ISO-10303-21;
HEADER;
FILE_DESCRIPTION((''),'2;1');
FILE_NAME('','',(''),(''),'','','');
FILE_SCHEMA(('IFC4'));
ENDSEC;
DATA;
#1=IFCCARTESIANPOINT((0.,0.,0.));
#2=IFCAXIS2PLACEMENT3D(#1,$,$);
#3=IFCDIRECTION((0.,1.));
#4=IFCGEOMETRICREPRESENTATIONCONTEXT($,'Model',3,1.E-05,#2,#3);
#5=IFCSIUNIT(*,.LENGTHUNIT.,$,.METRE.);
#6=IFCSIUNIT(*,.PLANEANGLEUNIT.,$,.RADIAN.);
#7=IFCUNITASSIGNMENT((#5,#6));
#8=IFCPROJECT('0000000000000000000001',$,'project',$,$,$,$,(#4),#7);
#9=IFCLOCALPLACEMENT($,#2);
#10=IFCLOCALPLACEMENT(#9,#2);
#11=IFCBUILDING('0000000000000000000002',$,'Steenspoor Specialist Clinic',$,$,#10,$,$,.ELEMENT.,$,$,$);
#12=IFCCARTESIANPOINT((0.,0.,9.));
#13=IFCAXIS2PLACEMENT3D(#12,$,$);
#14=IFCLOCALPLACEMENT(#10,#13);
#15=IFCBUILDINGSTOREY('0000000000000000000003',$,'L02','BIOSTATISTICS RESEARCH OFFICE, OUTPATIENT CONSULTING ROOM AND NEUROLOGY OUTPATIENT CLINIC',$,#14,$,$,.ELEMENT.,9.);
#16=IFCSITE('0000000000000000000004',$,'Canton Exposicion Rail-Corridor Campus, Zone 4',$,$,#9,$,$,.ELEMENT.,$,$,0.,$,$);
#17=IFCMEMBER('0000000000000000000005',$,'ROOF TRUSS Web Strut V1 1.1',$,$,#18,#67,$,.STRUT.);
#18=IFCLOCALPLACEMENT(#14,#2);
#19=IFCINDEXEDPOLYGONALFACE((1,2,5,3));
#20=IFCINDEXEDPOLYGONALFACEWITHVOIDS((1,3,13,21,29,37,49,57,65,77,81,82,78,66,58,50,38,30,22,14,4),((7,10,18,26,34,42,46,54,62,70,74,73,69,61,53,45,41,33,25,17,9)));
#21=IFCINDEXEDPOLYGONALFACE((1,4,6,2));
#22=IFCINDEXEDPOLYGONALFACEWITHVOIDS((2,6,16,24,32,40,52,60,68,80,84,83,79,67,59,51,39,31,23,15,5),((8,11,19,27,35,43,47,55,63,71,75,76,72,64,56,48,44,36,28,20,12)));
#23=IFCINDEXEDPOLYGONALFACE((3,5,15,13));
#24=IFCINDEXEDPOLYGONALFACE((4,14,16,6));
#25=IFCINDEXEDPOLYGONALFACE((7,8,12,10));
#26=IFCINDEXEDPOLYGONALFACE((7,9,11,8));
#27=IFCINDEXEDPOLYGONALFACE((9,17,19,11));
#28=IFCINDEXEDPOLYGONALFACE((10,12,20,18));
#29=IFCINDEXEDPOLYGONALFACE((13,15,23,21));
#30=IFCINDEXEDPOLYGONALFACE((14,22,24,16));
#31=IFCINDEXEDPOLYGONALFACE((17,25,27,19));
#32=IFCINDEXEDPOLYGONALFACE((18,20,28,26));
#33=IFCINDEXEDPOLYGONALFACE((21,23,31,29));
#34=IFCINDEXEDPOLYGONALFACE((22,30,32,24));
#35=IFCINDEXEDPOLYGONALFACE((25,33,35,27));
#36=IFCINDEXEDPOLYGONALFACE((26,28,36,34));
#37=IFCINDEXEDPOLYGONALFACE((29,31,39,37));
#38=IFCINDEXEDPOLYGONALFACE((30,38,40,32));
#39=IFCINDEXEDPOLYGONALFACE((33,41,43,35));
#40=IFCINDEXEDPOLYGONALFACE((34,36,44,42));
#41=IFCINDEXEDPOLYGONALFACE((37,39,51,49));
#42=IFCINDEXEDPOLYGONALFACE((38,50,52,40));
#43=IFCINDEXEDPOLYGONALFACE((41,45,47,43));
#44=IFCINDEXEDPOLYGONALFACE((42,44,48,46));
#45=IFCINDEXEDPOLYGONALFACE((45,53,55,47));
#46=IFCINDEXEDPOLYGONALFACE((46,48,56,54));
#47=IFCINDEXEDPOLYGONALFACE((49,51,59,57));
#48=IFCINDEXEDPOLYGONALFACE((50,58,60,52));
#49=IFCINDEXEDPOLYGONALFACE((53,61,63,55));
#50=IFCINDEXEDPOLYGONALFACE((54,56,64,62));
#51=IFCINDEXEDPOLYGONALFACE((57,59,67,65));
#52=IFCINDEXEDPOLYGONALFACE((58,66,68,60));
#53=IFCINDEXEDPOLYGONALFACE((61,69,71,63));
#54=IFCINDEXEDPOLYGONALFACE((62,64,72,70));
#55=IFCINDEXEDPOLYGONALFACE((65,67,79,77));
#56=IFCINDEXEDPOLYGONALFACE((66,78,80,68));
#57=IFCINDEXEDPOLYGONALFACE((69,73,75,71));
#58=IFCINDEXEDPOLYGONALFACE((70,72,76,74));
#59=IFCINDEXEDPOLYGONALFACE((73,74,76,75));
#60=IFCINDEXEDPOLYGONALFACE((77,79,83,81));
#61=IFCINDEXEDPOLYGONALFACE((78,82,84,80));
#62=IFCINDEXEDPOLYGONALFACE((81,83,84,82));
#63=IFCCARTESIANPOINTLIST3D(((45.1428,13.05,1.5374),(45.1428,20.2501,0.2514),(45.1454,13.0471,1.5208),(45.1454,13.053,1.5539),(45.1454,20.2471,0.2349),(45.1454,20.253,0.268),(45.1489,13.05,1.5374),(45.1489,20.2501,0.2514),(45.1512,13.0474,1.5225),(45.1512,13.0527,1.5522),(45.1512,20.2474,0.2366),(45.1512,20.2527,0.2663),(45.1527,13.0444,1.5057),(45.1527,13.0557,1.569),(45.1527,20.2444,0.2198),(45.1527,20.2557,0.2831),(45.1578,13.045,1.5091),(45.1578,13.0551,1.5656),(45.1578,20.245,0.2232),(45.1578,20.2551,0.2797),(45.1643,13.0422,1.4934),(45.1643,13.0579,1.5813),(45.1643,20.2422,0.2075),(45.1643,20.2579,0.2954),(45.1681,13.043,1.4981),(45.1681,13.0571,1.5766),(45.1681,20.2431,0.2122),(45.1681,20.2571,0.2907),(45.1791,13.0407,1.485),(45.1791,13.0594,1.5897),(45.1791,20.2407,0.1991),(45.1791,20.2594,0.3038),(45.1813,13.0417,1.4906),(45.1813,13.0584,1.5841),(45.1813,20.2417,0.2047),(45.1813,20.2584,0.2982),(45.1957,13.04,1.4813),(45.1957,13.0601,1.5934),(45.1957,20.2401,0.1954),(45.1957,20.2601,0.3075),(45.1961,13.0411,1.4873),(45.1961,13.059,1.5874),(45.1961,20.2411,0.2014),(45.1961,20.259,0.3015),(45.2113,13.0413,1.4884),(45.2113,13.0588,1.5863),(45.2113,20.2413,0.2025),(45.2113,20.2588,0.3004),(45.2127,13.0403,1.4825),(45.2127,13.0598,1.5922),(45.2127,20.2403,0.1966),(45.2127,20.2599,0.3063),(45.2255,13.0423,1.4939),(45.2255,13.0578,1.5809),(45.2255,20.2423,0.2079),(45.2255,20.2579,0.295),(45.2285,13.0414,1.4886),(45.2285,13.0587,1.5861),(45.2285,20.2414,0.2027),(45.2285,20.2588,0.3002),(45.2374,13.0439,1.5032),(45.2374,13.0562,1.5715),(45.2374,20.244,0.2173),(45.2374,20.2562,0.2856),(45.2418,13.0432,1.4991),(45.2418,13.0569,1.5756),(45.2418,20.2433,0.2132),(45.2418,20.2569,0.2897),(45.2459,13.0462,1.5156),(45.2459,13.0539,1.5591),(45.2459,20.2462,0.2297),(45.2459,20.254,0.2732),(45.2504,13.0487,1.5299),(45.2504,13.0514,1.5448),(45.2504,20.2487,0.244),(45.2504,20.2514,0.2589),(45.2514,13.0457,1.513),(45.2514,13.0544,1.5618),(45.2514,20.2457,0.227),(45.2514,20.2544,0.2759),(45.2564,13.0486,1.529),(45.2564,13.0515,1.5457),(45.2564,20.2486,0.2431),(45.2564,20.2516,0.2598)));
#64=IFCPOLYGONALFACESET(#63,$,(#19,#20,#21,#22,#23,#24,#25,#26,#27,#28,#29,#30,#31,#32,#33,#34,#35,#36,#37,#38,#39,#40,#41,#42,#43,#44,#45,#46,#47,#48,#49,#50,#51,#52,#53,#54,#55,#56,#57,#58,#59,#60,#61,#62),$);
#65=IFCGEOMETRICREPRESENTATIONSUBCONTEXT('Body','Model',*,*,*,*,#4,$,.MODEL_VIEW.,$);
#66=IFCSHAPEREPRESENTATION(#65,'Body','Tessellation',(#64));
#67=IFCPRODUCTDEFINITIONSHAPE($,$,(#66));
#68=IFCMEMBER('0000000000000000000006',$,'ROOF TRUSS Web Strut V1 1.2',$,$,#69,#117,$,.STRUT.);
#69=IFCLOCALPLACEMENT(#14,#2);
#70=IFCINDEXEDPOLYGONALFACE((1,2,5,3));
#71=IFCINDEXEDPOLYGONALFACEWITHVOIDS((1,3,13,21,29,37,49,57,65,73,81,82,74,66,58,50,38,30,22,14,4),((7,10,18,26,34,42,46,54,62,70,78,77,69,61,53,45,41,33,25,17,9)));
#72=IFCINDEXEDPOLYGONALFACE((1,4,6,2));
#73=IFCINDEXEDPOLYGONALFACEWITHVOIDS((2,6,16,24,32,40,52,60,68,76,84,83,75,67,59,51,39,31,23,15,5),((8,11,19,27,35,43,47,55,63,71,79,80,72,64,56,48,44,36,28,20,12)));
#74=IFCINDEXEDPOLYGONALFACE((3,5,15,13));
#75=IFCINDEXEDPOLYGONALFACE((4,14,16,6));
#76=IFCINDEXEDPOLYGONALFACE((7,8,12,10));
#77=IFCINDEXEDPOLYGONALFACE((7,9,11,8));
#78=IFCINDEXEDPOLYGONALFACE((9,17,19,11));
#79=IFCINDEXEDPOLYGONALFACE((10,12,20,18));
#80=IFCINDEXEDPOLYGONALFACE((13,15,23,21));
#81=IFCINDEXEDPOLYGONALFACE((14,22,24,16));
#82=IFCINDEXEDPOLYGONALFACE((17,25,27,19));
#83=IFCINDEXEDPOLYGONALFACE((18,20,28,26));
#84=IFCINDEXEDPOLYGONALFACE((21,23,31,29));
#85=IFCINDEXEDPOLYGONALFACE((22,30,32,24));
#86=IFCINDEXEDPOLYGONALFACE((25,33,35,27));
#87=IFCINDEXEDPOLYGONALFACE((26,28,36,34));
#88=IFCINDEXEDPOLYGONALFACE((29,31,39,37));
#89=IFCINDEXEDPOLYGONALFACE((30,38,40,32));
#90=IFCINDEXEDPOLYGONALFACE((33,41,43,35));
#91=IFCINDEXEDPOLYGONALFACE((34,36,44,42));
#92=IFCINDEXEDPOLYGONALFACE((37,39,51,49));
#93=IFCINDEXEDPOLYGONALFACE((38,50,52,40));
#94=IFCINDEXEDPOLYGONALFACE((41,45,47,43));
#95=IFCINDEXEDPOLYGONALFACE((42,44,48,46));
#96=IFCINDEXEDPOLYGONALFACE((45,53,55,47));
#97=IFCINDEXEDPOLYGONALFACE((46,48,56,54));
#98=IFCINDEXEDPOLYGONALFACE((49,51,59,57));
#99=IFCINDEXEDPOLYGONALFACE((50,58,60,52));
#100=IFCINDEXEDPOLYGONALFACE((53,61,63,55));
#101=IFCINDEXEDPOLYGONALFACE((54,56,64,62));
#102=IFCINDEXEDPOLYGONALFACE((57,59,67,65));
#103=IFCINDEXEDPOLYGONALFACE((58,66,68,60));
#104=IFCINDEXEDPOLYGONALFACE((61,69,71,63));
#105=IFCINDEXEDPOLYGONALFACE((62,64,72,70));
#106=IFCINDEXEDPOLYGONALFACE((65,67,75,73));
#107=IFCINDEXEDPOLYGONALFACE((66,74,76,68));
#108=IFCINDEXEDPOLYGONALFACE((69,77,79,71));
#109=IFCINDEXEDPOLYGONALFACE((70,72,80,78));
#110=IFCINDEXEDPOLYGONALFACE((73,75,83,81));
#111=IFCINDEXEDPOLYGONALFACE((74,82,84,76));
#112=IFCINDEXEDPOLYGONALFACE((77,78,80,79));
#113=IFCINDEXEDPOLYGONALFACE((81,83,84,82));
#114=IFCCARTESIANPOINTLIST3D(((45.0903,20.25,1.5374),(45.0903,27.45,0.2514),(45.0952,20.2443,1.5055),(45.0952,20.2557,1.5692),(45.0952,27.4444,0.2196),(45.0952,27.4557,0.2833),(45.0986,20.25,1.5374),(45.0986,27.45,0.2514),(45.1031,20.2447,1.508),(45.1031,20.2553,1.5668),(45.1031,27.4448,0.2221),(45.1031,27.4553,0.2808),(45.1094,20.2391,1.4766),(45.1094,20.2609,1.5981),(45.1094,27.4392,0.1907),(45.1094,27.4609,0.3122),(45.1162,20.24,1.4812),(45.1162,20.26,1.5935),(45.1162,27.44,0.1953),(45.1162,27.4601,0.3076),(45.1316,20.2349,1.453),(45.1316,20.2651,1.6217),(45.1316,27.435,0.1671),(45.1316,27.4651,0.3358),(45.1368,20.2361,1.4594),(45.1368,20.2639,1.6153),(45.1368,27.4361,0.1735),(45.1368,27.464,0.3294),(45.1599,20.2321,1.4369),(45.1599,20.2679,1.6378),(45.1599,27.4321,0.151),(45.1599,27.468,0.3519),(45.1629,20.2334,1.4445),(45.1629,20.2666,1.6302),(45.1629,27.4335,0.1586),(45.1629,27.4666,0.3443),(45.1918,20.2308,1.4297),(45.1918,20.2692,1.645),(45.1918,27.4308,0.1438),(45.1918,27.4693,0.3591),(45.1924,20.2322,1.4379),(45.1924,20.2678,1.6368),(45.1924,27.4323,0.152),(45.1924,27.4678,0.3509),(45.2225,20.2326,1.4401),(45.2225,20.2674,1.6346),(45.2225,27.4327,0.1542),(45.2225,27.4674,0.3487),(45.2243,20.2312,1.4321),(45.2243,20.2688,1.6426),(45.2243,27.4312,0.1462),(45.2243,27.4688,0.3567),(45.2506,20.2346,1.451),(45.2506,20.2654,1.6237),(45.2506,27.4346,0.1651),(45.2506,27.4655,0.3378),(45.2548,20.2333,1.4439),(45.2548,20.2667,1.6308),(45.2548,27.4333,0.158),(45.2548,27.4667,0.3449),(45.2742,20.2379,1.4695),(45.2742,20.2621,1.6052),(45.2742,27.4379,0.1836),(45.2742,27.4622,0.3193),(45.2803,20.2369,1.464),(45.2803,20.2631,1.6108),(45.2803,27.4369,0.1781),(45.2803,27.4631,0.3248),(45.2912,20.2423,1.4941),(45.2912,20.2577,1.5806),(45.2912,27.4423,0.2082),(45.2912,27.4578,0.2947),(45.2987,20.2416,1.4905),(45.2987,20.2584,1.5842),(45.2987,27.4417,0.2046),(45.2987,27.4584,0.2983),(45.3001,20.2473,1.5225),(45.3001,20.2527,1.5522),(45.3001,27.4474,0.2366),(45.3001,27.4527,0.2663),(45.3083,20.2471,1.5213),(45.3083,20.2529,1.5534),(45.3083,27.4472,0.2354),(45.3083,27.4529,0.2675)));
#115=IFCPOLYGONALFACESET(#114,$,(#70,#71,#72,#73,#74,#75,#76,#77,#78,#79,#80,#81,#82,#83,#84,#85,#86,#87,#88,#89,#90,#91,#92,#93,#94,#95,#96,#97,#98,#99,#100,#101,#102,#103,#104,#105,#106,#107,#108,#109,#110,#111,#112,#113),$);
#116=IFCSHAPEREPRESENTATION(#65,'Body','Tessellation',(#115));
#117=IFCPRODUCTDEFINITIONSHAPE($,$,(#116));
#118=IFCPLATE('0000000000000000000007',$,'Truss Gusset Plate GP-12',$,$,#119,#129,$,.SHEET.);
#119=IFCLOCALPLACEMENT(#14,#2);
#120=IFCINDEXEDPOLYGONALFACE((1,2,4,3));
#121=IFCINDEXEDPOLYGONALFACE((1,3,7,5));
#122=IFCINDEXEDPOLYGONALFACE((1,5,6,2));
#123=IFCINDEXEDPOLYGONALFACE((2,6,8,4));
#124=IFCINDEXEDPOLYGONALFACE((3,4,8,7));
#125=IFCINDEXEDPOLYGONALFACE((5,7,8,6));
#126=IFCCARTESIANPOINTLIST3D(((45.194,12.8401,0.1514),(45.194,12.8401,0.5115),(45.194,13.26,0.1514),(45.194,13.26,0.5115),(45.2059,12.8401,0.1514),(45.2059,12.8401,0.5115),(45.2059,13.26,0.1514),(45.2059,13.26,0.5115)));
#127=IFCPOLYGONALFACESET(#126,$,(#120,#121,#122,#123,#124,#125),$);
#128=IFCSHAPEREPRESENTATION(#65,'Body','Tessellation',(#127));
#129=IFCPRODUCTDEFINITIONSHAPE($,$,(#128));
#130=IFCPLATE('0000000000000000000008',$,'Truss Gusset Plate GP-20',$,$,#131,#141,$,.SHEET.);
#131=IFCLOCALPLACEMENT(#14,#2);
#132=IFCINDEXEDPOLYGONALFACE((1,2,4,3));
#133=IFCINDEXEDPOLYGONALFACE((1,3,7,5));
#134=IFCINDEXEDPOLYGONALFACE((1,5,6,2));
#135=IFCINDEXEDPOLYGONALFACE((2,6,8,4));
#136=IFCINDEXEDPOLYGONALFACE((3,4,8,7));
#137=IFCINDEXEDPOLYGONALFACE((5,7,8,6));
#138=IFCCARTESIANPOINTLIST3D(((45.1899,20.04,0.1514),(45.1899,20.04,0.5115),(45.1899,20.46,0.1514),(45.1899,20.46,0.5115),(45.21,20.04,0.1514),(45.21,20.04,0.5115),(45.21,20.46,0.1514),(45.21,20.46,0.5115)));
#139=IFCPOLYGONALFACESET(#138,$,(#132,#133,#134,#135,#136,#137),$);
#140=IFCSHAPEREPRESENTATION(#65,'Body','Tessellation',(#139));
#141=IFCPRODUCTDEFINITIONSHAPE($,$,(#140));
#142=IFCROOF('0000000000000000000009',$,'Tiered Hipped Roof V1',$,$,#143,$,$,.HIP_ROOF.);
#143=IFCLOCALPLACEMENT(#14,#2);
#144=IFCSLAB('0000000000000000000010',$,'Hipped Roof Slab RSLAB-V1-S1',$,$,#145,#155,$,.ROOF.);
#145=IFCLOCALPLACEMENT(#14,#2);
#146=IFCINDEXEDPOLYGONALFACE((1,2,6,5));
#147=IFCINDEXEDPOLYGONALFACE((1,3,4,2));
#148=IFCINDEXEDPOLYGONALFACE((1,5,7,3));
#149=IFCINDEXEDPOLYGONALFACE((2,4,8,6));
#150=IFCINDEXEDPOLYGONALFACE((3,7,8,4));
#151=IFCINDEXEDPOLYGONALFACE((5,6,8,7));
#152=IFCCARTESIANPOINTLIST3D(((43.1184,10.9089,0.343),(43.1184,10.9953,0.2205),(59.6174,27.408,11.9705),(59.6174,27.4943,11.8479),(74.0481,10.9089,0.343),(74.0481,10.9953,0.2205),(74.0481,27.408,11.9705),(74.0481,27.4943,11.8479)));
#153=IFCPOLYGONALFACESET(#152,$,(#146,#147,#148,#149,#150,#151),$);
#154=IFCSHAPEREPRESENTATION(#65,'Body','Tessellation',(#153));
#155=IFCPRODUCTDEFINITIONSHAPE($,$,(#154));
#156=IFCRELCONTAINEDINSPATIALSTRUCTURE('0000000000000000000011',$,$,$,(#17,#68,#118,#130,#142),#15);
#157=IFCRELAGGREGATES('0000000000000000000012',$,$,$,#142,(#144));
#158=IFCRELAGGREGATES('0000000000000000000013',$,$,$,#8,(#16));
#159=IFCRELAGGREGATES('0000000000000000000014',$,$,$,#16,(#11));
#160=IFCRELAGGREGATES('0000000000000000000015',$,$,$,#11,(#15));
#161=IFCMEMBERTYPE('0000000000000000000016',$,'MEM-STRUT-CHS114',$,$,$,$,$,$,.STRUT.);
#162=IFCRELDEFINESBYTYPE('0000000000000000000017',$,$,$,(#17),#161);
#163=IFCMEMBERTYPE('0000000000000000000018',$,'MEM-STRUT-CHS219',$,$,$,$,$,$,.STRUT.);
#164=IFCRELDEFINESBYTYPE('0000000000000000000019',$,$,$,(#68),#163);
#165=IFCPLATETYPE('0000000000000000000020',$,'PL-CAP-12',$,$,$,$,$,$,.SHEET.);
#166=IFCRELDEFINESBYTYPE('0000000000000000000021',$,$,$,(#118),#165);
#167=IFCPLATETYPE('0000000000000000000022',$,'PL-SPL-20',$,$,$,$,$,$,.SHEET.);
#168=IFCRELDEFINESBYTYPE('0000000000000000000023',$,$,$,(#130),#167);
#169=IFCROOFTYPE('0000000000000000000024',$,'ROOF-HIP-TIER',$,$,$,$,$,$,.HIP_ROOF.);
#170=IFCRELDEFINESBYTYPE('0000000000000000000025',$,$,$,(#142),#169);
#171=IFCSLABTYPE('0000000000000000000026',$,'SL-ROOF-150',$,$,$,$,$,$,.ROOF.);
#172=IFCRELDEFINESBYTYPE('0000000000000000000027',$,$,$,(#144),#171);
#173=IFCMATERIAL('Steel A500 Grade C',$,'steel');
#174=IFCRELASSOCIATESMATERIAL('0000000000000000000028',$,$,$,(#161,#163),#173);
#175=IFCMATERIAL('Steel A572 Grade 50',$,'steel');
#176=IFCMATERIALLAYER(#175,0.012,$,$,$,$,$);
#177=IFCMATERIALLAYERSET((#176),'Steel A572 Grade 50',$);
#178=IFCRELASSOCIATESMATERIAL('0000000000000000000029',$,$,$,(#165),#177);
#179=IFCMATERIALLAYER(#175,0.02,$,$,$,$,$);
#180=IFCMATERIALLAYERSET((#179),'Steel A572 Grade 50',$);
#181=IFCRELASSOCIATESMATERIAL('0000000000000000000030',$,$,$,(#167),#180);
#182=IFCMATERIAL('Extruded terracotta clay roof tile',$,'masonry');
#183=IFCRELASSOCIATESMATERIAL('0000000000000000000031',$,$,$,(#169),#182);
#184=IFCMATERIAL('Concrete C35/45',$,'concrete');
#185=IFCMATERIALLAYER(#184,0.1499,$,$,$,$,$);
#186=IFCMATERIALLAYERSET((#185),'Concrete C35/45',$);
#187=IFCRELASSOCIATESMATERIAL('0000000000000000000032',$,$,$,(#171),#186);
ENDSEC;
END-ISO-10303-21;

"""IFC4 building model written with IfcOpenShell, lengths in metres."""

from ifc_helpers import new_model, si_unit, direction, frame, origin, origin_2d, place, context, subcontext, project, spatial, polyline, rectangle, hollow_circle, outline, extrude, material, layer, layer_set, material_profile, profile_set, type_object, element, aggregate, save


model = new_model("IFC4")

# Units and contexts
model_context = context("Model", 3, precision=1e-05, world=origin(), true_north=direction((0.0, 1.0)))
body_context = subcontext(model_context, "Body", "Model", "MODEL_VIEW")
ifc_project = project(units=[si_unit("LENGTHUNIT", "METRE"), si_unit("PLANEANGLEUNIT", "RADIAN")], contexts=[model_context])

# Site, building, storey
site_placement = place(None, origin())
site = spatial("IfcSite", under=ifc_project, at=site_placement, Name="Canton Exposicion Rail-Corridor Campus, Zone 4", CompositionType="ELEMENT", RefElevation=0.0)
building_placement = place(site_placement, origin())
building = spatial("IfcBuilding", under=site, at=building_placement, Name="Steenspoor Specialist Clinic", CompositionType="ELEMENT")
storey_placement = place(building_placement, frame((0.0, 0.0, 9.0)))
storey = spatial("IfcBuildingStorey", under=building, at=storey_placement, Name="L02", Description="BIOSTATISTICS RESEARCH OFFICE, OUTPATIENT CONSULTING ROOM AND NEUROLOGY OUTPATIENT CLINIC", CompositionType="ELEMENT", Elevation=9.0)

# Members
ifc_material_1 = material(Name="Steel A500 Grade C", Category="steel")
ifc_material_profile_1 = material_profile(ifc_material_1, hollow_circle(Radius=0.0571, WallThickness=0.0061, at=origin_2d()), Name="CHS114X6.0")
ifc_profile_set_1 = profile_set([ifc_material_profile_1], Name="Steel A500 Grade C")
member_type_1 = type_object("IfcMemberType", Name="MEM-STRUT-CHS114", PredefinedType="STRUT", material=ifc_profile_set_1)
member_1_placement = place(storey_placement, frame((45.2, 13.05, 1.5374), z_axis=(0.0, 0.984423, -0.175815), x_axis=(-1.0, 0.0, 0.0)))
element("IfcMember", 1, at=member_1_placement, inside=storey, type_object=member_type_1, Name="ROOF TRUSS Web Strut V1 1.1", PredefinedType="STRUT", context=body_context, shape_type="SweptSolid", body=[
    extrude(hollow_circle(Radius=0.0571, WallThickness=0.0061, at=origin_2d()), origin(), (0.0, 0.0, 1.0), 7.314),
])
ifc_material_profile_2 = material_profile(ifc_material_1, hollow_circle(Radius=0.1096, WallThickness=0.0083, at=origin_2d()), Name="CHS219X8.2")
ifc_profile_set_2 = profile_set([ifc_material_profile_2], Name="Steel A500 Grade C")
member_type_2 = type_object("IfcMemberType", Name="MEM-STRUT-CHS219", PredefinedType="STRUT", material=ifc_profile_set_2)
member_2_placement = place(storey_placement, frame((45.2, 20.25, 1.5374), z_axis=(0.0, 0.984423, -0.175815), x_axis=(-1.0, 0.0, 0.0)))
element("IfcMember", 2, at=member_2_placement, inside=storey, type_object=member_type_2, Name="ROOF TRUSS Web Strut V1 1.2", PredefinedType="STRUT", context=body_context, shape_type="SweptSolid", body=[
    extrude(hollow_circle(Radius=0.1096, WallThickness=0.0083, at=origin_2d()), origin(), (0.0, 0.0, 1.0), 7.314),
])

# Plates
ifc_material_2 = material(Name="Steel A572 Grade 50", Category="steel")
ifc_layer_1 = layer(ifc_material_2, 0.012)
ifc_layer_set_1 = layer_set([ifc_layer_1], Name="Steel A572 Grade 50")
plate_type_1 = type_object("IfcPlateType", Name="PL-CAP-12", PredefinedType="SHEET", material=ifc_layer_set_1)
plate_1_placement = place(storey_placement, frame((45.2, 13.05, 0.1514), z_axis=(0.0, 0.0, 1.0), x_axis=(1.0, 0.0, 0.0)))
element("IfcPlate", 3, at=plate_1_placement, inside=storey, type_object=plate_type_1, Name="Truss Gusset Plate GP-12", PredefinedType="SHEET", context=body_context, shape_type="SweptSolid", body=[
    extrude(rectangle(XDim=0.012, YDim=0.4199, at=origin_2d()), origin(), (0.0, 0.0, 1.0), 0.3601),
])
ifc_layer_2 = layer(ifc_material_2, 0.02)
ifc_layer_set_2 = layer_set([ifc_layer_2], Name="Steel A572 Grade 50")
plate_type_2 = type_object("IfcPlateType", Name="PL-SPL-20", PredefinedType="SHEET", material=ifc_layer_set_2)
plate_2_placement = place(storey_placement, frame((45.2, 20.25, 0.1514), z_axis=(0.0, 0.0, 1.0), x_axis=(1.0, 0.0, 0.0)))
element("IfcPlate", 4, at=plate_2_placement, inside=storey, type_object=plate_type_2, Name="Truss Gusset Plate GP-20", PredefinedType="SHEET", context=body_context, shape_type="SweptSolid", body=[
    extrude(rectangle(XDim=0.02, YDim=0.4199, at=origin_2d()), origin(), (0.0, 0.0, 1.0), 0.3601),
])

# Roof, slab
ifc_material_3 = material(Name="Extruded terracotta clay roof tile", Category="masonry")
roof_type = type_object("IfcRoofType", Name="ROOF-HIP-TIER", PredefinedType="HIP_ROOF", material=ifc_material_3)
roof_placement = place(storey_placement, origin())
roof = element("IfcRoof", 5, at=roof_placement, inside=storey, type_object=roof_type, Name="Tiered Hipped Roof V1", PredefinedType="HIP_ROOF")
ifc_material_4 = material(Name="Concrete C35/45", Category="concrete")
ifc_layer_3 = layer(ifc_material_4, 0.1499)
ifc_layer_set_3 = layer_set([ifc_layer_3], Name="Concrete C35/45")
slab_type = type_object("IfcSlabType", Name="SL-ROOF-150", PredefinedType="ROOF", material=ifc_layer_set_3)
slab_placement = place(storey_placement, frame((43.1184, 10.9089, 0.343), z_axis=(0.0, -0.576057, 0.817409), x_axis=(1.0, 0.0, 0.0)))
slab = element("IfcSlab", 6, at=slab_placement, type_object=slab_type, Name="Hipped Roof Slab RSLAB-V1-S1", PredefinedType="ROOF", context=body_context, shape_type="SweptSolid", body=[
    extrude(outline(polyline([(0.0, 0.0), (30.9297, 0.0), (30.9297, 20.1845), (16.499, 20.1845), (0.0, 0.0)])), origin(), (0.0, 0.0, -1.0), 0.1499),
])
aggregate(roof, [slab])

save(model, "model.ifc")
